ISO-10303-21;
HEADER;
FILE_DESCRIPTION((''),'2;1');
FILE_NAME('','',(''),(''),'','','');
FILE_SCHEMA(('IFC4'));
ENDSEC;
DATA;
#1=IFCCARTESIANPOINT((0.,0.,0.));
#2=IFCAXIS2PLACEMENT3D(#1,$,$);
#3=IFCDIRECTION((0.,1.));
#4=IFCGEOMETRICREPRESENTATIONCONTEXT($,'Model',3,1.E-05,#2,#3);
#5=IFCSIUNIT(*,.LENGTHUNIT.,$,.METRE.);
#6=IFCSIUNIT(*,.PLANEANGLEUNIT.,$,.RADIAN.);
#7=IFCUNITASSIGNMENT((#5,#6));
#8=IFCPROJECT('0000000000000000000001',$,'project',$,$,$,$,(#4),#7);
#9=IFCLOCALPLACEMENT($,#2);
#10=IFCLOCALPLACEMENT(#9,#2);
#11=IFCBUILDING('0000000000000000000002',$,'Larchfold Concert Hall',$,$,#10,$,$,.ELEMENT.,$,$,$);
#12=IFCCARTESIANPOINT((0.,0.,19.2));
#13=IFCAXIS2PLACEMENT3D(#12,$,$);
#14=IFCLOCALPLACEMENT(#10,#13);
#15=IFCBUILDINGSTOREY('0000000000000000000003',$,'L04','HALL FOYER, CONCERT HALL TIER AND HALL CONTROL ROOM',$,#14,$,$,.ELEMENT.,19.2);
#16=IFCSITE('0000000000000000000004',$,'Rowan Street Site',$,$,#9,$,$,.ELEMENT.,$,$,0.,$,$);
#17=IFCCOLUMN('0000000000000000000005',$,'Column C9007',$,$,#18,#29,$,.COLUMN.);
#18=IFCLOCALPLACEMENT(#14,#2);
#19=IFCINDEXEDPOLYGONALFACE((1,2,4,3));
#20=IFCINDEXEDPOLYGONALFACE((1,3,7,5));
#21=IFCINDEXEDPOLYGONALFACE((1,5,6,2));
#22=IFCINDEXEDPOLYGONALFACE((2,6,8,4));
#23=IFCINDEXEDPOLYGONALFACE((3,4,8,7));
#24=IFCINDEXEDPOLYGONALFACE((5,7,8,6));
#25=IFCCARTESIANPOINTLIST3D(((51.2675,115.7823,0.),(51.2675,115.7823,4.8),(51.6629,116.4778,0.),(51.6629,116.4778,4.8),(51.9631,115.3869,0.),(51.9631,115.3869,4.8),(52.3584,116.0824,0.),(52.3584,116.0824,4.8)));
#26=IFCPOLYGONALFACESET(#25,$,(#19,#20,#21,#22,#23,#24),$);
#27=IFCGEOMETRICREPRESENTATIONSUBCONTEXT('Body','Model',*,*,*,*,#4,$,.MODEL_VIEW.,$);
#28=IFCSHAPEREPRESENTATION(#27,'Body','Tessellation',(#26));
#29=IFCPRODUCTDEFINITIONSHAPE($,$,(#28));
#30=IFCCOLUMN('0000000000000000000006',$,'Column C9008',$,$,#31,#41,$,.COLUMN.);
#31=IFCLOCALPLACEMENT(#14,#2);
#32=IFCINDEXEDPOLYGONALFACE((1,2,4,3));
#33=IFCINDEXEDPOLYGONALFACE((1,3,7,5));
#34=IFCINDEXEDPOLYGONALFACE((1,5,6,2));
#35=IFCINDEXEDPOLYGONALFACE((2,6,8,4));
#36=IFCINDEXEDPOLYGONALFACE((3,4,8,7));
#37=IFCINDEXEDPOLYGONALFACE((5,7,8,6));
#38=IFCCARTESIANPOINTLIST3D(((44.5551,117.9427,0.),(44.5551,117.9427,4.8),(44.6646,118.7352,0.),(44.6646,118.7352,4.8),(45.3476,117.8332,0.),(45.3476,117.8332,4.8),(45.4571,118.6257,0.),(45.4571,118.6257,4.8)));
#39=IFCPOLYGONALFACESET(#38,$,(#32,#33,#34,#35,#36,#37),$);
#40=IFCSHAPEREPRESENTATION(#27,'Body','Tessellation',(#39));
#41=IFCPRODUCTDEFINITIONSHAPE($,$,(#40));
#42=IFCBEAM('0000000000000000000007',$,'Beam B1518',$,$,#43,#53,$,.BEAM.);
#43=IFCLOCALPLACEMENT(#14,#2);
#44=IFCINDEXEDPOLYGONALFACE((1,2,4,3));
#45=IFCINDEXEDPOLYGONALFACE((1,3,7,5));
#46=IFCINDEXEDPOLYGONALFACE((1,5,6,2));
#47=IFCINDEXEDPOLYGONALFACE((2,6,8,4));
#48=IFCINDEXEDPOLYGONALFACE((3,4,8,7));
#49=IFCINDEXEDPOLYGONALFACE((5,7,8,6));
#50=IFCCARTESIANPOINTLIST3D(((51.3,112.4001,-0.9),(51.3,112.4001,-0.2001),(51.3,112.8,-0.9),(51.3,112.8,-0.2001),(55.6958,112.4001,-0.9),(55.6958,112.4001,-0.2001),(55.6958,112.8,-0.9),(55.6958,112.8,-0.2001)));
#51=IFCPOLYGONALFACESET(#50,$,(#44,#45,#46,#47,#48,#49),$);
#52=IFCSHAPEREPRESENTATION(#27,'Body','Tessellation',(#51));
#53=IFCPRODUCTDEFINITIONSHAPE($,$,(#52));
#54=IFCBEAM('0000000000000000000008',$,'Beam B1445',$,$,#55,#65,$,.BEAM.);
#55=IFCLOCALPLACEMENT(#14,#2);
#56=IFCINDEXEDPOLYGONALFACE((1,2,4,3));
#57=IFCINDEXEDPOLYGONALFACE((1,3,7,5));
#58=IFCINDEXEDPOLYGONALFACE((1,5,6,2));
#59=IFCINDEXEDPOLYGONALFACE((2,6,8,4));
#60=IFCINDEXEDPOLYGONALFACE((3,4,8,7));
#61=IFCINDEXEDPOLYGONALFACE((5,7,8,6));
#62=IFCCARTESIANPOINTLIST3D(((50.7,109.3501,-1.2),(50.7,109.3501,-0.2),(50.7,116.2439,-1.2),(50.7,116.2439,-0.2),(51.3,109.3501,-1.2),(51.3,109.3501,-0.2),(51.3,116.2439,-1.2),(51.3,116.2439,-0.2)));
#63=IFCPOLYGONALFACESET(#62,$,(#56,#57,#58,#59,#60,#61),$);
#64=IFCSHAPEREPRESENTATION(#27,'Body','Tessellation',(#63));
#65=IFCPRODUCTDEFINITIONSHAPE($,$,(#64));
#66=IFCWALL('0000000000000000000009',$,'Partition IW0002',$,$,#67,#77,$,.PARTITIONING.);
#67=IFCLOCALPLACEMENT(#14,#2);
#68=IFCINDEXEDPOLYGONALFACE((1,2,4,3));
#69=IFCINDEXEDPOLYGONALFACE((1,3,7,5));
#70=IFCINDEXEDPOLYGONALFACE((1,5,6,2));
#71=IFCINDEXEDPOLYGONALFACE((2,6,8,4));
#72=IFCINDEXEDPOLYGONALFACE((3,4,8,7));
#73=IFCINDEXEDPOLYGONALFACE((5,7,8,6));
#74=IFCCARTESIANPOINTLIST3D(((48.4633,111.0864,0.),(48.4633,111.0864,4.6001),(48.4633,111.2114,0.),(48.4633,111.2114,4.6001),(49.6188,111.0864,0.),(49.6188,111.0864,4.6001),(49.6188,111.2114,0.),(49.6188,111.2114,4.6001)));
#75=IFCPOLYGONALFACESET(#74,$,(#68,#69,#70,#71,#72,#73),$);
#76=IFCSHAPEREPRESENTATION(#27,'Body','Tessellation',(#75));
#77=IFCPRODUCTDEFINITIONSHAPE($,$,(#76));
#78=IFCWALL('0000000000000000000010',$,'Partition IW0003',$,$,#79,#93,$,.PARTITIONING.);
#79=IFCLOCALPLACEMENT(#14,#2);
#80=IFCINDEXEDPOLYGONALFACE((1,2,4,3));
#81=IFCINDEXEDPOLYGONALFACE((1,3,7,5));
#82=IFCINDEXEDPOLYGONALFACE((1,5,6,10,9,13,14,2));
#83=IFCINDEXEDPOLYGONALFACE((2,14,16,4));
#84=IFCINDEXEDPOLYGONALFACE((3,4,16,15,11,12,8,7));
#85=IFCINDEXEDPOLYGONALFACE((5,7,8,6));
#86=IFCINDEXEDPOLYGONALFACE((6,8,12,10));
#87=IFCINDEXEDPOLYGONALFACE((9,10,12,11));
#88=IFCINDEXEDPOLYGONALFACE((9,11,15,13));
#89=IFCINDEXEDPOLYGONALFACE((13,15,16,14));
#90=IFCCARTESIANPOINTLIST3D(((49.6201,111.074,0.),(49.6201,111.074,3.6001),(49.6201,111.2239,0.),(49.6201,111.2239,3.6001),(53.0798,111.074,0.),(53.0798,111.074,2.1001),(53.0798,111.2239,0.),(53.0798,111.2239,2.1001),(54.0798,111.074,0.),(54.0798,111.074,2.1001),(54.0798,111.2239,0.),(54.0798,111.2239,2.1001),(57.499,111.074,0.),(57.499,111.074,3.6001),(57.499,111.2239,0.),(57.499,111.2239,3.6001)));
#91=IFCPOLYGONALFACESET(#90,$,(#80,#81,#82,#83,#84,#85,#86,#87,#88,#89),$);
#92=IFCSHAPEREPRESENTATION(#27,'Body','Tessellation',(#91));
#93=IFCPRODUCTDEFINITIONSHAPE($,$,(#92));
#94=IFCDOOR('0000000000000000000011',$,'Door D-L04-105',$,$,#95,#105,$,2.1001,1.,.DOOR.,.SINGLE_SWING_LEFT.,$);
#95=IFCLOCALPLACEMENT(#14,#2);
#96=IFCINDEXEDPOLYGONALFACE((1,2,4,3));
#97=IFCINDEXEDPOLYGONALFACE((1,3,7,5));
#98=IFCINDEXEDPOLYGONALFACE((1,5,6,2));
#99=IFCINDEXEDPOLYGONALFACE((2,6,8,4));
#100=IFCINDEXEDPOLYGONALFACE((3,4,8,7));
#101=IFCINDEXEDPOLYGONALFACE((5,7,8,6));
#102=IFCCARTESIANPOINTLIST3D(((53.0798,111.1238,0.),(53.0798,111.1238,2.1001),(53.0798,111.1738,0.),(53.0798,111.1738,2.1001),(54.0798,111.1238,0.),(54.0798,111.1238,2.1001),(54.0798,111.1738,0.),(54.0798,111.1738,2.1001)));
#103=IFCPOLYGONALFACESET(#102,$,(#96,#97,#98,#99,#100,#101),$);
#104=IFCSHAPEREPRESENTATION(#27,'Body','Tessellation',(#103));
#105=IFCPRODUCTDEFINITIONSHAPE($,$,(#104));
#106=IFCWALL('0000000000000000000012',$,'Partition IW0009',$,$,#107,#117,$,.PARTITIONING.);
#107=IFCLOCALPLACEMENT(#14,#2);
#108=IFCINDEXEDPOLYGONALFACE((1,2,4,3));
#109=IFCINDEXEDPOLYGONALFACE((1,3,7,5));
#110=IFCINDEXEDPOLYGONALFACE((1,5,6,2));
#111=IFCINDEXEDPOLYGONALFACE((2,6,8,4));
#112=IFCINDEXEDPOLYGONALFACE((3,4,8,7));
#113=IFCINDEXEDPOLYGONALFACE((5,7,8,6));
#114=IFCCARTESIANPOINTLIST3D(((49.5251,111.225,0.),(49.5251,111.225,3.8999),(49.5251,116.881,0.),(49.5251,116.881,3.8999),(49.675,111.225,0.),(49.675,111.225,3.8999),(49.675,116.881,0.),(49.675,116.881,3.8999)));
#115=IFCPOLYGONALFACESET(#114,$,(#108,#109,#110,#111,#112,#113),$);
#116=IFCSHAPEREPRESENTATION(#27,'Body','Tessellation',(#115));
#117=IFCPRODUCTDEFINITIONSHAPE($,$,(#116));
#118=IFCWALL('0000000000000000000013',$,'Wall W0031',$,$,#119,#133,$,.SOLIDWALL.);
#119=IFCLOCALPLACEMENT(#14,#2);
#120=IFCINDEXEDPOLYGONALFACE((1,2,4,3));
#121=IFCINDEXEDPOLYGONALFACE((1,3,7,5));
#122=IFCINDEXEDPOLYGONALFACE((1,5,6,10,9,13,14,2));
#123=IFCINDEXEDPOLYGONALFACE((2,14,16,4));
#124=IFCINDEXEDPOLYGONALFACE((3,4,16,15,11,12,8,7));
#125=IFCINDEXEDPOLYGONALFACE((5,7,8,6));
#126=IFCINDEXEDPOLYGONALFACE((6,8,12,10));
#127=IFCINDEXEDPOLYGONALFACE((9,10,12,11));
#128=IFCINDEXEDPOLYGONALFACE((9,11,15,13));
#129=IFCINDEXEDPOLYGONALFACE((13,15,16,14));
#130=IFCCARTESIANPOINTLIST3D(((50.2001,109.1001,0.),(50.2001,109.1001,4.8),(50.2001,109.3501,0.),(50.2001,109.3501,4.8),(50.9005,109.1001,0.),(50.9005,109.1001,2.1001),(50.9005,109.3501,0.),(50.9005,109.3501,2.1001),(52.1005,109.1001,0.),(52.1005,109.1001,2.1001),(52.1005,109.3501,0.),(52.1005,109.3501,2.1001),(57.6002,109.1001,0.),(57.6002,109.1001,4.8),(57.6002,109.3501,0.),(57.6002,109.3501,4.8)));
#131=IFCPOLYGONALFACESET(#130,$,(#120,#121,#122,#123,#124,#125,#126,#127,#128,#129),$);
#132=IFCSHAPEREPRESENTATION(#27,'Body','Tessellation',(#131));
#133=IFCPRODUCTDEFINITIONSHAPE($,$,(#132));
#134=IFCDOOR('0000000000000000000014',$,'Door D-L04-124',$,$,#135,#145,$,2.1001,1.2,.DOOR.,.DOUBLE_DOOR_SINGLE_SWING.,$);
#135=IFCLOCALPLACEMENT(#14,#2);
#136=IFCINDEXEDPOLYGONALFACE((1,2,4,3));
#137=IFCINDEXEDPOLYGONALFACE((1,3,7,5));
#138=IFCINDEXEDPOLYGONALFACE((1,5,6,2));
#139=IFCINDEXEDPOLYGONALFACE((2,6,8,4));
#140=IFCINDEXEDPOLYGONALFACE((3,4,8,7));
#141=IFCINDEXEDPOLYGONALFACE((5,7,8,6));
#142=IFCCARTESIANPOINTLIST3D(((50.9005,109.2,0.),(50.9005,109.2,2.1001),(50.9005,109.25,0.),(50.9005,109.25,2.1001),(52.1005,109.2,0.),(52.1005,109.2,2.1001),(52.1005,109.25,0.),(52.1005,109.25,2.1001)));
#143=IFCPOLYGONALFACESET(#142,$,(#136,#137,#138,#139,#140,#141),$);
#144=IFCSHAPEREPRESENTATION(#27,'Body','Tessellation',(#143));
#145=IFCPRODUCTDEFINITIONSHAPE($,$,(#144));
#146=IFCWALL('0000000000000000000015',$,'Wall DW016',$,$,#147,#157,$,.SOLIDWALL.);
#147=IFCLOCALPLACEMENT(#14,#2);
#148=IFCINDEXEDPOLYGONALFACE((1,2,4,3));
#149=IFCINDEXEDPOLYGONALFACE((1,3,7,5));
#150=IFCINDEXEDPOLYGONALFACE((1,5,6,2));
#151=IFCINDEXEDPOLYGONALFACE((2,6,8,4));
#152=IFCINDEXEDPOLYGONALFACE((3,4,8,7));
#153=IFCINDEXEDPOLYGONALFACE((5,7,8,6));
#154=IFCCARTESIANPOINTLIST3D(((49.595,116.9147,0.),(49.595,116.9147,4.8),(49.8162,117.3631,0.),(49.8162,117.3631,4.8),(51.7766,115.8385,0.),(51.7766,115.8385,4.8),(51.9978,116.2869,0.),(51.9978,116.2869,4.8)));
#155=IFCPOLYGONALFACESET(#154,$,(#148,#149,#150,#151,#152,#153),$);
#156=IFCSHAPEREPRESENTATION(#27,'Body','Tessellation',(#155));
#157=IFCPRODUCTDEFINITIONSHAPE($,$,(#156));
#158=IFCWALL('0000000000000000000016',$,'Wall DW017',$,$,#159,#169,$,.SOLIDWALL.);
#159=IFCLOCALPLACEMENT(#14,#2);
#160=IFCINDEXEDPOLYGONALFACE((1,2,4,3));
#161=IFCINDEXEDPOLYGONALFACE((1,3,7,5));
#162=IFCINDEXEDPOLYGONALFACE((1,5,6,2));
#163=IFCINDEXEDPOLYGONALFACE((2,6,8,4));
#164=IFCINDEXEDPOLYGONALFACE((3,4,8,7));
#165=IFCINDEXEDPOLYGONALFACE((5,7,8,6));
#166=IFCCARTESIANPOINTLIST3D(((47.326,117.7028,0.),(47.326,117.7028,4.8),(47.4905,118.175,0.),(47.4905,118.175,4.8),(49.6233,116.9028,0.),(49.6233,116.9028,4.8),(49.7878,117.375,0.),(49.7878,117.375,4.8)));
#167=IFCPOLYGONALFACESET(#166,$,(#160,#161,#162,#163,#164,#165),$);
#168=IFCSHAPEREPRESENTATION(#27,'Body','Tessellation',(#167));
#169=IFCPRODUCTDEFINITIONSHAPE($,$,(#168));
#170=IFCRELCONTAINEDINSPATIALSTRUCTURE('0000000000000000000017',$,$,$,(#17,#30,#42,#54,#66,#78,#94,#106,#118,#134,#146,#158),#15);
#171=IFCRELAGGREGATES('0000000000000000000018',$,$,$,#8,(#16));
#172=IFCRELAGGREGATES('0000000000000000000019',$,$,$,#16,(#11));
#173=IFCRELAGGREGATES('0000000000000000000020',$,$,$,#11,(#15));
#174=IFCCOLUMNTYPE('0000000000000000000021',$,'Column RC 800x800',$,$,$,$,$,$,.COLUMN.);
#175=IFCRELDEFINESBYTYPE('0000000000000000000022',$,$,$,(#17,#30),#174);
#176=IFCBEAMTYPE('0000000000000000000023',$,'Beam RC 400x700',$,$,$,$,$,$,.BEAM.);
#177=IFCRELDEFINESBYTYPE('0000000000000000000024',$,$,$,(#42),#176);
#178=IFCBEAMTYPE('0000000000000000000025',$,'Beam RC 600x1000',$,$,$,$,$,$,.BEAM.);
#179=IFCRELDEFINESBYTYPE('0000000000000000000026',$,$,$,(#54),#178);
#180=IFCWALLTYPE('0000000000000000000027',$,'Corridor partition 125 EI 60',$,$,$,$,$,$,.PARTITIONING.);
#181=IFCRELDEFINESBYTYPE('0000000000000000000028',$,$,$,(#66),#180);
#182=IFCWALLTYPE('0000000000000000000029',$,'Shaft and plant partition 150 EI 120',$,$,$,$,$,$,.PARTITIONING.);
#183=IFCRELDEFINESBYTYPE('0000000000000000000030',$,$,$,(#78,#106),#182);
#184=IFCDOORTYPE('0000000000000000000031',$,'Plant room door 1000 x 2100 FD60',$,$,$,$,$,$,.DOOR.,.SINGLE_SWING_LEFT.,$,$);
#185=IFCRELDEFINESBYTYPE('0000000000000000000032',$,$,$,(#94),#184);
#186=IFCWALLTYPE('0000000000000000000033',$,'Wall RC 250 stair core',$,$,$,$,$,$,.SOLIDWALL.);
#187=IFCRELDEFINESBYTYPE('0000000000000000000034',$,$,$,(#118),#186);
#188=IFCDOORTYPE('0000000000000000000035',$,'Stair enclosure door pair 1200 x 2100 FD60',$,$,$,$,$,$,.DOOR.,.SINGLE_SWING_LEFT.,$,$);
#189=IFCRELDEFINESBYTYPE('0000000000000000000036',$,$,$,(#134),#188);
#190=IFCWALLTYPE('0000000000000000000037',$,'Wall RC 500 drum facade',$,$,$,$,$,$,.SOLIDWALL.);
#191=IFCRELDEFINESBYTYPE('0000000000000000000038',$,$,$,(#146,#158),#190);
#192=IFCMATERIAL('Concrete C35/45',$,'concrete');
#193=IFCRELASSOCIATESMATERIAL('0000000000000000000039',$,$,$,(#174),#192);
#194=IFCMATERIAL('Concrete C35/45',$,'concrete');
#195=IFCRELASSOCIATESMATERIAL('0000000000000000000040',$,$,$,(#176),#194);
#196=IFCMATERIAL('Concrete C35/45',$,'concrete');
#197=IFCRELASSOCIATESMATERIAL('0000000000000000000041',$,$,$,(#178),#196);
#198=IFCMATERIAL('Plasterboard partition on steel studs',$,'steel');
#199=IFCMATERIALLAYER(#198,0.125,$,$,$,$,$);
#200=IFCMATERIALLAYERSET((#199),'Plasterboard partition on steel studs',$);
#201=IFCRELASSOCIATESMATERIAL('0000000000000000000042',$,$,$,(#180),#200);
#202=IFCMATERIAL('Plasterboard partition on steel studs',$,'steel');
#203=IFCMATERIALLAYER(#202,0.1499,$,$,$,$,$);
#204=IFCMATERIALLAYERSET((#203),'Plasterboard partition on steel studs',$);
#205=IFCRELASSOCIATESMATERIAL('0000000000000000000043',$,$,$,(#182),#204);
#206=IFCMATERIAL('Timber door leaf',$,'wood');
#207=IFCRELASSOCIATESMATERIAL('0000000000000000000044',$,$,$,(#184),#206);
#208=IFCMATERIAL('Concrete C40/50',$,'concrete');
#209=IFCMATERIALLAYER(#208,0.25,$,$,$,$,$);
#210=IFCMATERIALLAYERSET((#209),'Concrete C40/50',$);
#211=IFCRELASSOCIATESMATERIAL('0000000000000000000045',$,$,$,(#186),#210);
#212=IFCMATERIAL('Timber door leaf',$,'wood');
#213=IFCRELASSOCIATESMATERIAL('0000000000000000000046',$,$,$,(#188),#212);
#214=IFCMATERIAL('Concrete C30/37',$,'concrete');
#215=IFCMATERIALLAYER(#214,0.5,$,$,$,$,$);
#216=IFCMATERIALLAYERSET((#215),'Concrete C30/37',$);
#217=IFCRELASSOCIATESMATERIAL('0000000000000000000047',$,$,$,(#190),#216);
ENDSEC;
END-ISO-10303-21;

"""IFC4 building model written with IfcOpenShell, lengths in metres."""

from ifc_helpers import new_model, si_unit, direction, frame, frame_2d, origin, origin_2d, place, context, subcontext, project, spatial, rectangle, extrude, material, layer, layer_set, material_profile, profile_set, type_object, element, fill, save


model = new_model("IFC4")

# Units and contexts
model_context = context("Model", 3, precision=1e-05, world=origin(), true_north=direction((0.0, 1.0)))
body_context = subcontext(model_context, "Body", "Model", "MODEL_VIEW")
ifc_project = project(units=[si_unit("LENGTHUNIT", "METRE"), si_unit("PLANEANGLEUNIT", "RADIAN")], contexts=[model_context])

# Site, building, storey
site_placement = place(None, origin())
site = spatial("IfcSite", under=ifc_project, at=site_placement, Name="Rowan Street Site", CompositionType="ELEMENT", RefElevation=0.0)
building_placement = place(site_placement, origin())
building = spatial("IfcBuilding", under=site, at=building_placement, Name="Larchfold Concert Hall", CompositionType="ELEMENT")
storey_placement = place(building_placement, frame((0.0, 0.0, 19.2)))
storey = spatial("IfcBuildingStorey", under=building, at=storey_placement, Name="L04", Description="HALL FOYER, CONCERT HALL TIER AND HALL CONTROL ROOM", CompositionType="ELEMENT", Elevation=19.2)

# Columns
ifc_material_1 = material(Name="Concrete C35/45", Category="concrete")
ifc_material_profile_1 = material_profile(ifc_material_1, rectangle(XDim=0.8, YDim=0.8, at=origin_2d()))
ifc_profile_set_1 = profile_set([ifc_material_profile_1], Name="Concrete C35/45")
column_type = type_object("IfcColumnType", Name="Column RC 800x800", PredefinedType="COLUMN", material=ifc_profile_set_1)
for number, where, z_axis, x_axis, name in (
    (1, (51.813, 115.9324, 0.0), (0.0, 0.0, 1.0), (0.494204, 0.869346, 0.0), "Column C9007"),
    (2, (45.0061, 118.2842, 0.0), (0.0, 0.0, 1.0), (0.136831, 0.990594, 0.0), "Column C9008"),
):
    element("IfcColumn", number, at=place(storey_placement, frame(where, z_axis=z_axis, x_axis=x_axis)), inside=storey, type_object=column_type, Name=name, PredefinedType="COLUMN", context=body_context, shape_type="SweptSolid", body=[
        extrude(rectangle(XDim=0.8, YDim=0.8, at=origin_2d()), origin(), (0.0, 0.0, 1.0), 4.8),
    ])

# Beams
ifc_material_2 = material(Name="Concrete C35/45", Category="concrete")
ifc_material_profile_2 = material_profile(ifc_material_2, rectangle(XDim=0.3999, YDim=0.7, at=origin_2d()))
ifc_profile_set_2 = profile_set([ifc_material_profile_2], Name="Concrete C35/45")
beam_type_1 = type_object("IfcBeamType", Name="Beam RC 400x700", PredefinedType="BEAM", material=ifc_profile_set_2)
beam_1_placement = place(storey_placement, frame((51.3, 112.6001, -0.55), z_axis=(1.0, 0.0, 0.0), x_axis=(0.0, 1.0, 0.0)))
element("IfcBeam", 3, at=beam_1_placement, inside=storey, type_object=beam_type_1, Name="Beam B1518", PredefinedType="BEAM", context=body_context, shape_type="SweptSolid", body=[
    extrude(rectangle(XDim=0.3999, YDim=0.7, at=origin_2d()), origin(), (0.0, 0.0, 1.0), 4.3958),
])
ifc_material_3 = material(Name="Concrete C35/45", Category="concrete")
ifc_material_profile_3 = material_profile(ifc_material_3, rectangle(XDim=0.6001, YDim=1.0, at=origin_2d()))
ifc_profile_set_3 = profile_set([ifc_material_profile_3], Name="Concrete C35/45")
beam_type_2 = type_object("IfcBeamType", Name="Beam RC 600x1000", PredefinedType="BEAM", material=ifc_profile_set_3)
beam_2_placement = place(storey_placement, frame((51.0, 109.3501, -0.7), z_axis=(0.0, 1.0, 0.0), x_axis=(-1.0, 0.0, 0.0)))
element("IfcBeam", 4, at=beam_2_placement, inside=storey, type_object=beam_type_2, Name="Beam B1445", PredefinedType="BEAM", context=body_context, shape_type="SweptSolid", body=[
    extrude(rectangle(XDim=0.6001, YDim=1.0, at=origin_2d()), origin(), (0.0, 0.0, 1.0), 6.8938),
])

# Wall
ifc_material_4 = material(Name="Plasterboard partition on steel studs", Category="steel")
ifc_layer_1 = layer(ifc_material_4, 0.125)
ifc_layer_set_1 = layer_set([ifc_layer_1], Name="Plasterboard partition on steel studs")
wall_type_1 = type_object("IfcWallType", Name="Corridor partition 125 EI 60", PredefinedType="PARTITIONING", material=ifc_layer_set_1)
wall_1_placement = place(storey_placement, frame((48.4634, 111.1489, 0.0), z_axis=(0.0, 0.0, 1.0), x_axis=(1.0, 0.0, 0.0)))
element("IfcWall", 5, at=wall_1_placement, inside=storey, type_object=wall_type_1, Name="Partition IW0002", PredefinedType="PARTITIONING", context=body_context, shape_type="SweptSolid", body=[
    extrude(rectangle(XDim=1.1555, YDim=0.125, at=frame_2d((0.5776, 0.0))), origin(), (0.0, 0.0, 1.0), 4.6001),
])

# Wall, opening, door
ifc_material_5 = material(Name="Plasterboard partition on steel studs", Category="steel")
ifc_layer_2 = layer(ifc_material_5, 0.1499)
ifc_layer_set_2 = layer_set([ifc_layer_2], Name="Plasterboard partition on steel studs")
wall_type_2 = type_object("IfcWallType", Name="Shaft and plant partition 150 EI 120", PredefinedType="PARTITIONING", material=ifc_layer_set_2)
wall_2_placement = place(storey_placement, frame((49.6201, 111.1489, 0.0), z_axis=(0.0, 0.0, 1.0), x_axis=(1.0, 0.0, 0.0)))
wall_2 = element("IfcWall", 6, at=wall_2_placement, inside=storey, type_object=wall_type_2, Name="Partition IW0003", PredefinedType="PARTITIONING", context=body_context, shape_type="SweptSolid", body=[
    extrude(rectangle(XDim=7.8789, YDim=0.1499, at=frame_2d((3.9395, 0.0))), origin(), (0.0, 0.0, 1.0), 3.6001),
])
opening_1_placement = place(wall_2_placement, frame((3.4597, 0.0, 0.0)))
opening_1 = element("IfcOpeningElement", 7, at=opening_1_placement, cuts=wall_2, PredefinedType="OPENING", context=body_context, shape_type="SweptSolid", body=[
    extrude(rectangle(XDim=1.0, YDim=2.1001, at=frame_2d((0.5, 1.05))), frame((0.0, 0.085, 0.0), z_axis=(0.0, -1.0, 0.0), x_axis=(1.0, 0.0, 0.0)), (0.0, 0.0, 1.0), 0.1699),
])
ifc_material_6 = material(Name="Timber door leaf", Category="wood")
door_type_1 = type_object("IfcDoorType", Name="Plant room door 1000 x 2100 FD60", OperationType="SINGLE_SWING_LEFT", PredefinedType="DOOR", material=ifc_material_6)
door_1_placement = place(opening_1_placement, origin())
door_1 = element("IfcDoor", 8, at=door_1_placement, inside=storey, type_object=door_type_1, Name="Door D-L04-105", OperationType="SINGLE_SWING_LEFT", OverallHeight=2.1001, OverallWidth=1.0, PredefinedType="DOOR", context=body_context, shape_type="SweptSolid", body=[
    extrude(rectangle(XDim=1.0, YDim=2.1001, at=frame_2d((0.5, 1.05))), frame((0.0, 0.0249, 0.0), z_axis=(0.0, -1.0, 0.0), x_axis=(1.0, 0.0, 0.0)), (0.0, 0.0, 1.0), 0.05),
])
fill(opening_1, door_1)

# Wall
wall_3_placement = place(storey_placement, frame((49.6001, 116.8811, 0.0), z_axis=(0.0, 0.0, 1.0), x_axis=(0.0, -1.0, 0.0)))
element("IfcWall", 9, at=wall_3_placement, inside=storey, type_object=wall_type_2, Name="Partition IW0009", PredefinedType="PARTITIONING", context=body_context, shape_type="SweptSolid", body=[
    extrude(rectangle(XDim=5.656, YDim=0.1499, at=frame_2d((2.8281, 0.0))), origin(), (0.0, 0.0, 1.0), 3.8999),
])

# Wall, opening, door
ifc_material_7 = material(Name="Concrete C40/50", Category="concrete")
ifc_layer_3 = layer(ifc_material_7, 0.25)
ifc_layer_set_3 = layer_set([ifc_layer_3], Name="Concrete C40/50")
wall_type_3 = type_object("IfcWallType", Name="Wall RC 250 stair core", PredefinedType="SOLIDWALL", material=ifc_layer_set_3)
wall_4_placement = place(storey_placement, frame((50.2, 109.2251, 0.0), z_axis=(0.0, 0.0, 1.0), x_axis=(1.0, 0.0, 0.0)))
wall_4 = element("IfcWall", 10, at=wall_4_placement, inside=storey, type_object=wall_type_3, Name="Wall W0031", PredefinedType="SOLIDWALL", context=body_context, shape_type="SweptSolid", body=[
    extrude(rectangle(XDim=7.4001, YDim=0.25, at=frame_2d((3.7002, 0.0))), origin(), (0.0, 0.0, 1.0), 4.8),
])
opening_2_placement = place(wall_4_placement, frame((0.7004, 0.0, 0.0)))
opening_2 = element("IfcOpeningElement", 11, at=opening_2_placement, cuts=wall_4, PredefinedType="OPENING", context=body_context, shape_type="SweptSolid", body=[
    extrude(rectangle(XDim=1.2, YDim=2.1001, at=frame_2d((0.6001, 1.05))), frame((0.0, 0.135, 0.0), z_axis=(0.0, -1.0, 0.0), x_axis=(1.0, 0.0, 0.0)), (0.0, 0.0, 1.0), 0.27),
])
ifc_material_8 = material(Name="Timber door leaf", Category="wood")
door_type_2 = type_object("IfcDoorType", Name="Stair enclosure door pair 1200 x 2100 FD60", OperationType="SINGLE_SWING_LEFT", PredefinedType="DOOR", material=ifc_material_8)
door_2_placement = place(opening_2_placement, origin())
door_2 = element("IfcDoor", 12, at=door_2_placement, inside=storey, type_object=door_type_2, Name="Door D-L04-124", OperationType="DOUBLE_DOOR_SINGLE_SWING", OverallHeight=2.1001, OverallWidth=1.2, PredefinedType="DOOR", context=body_context, shape_type="SweptSolid", body=[
    extrude(rectangle(XDim=1.2, YDim=2.1001, at=frame_2d((0.6001, 1.05))), frame((0.0, 0.0249, 0.0), z_axis=(0.0, -1.0, 0.0), x_axis=(1.0, 0.0, 0.0)), (0.0, 0.0, 1.0), 0.05),
])
fill(opening_2, door_2)

# Walls
ifc_material_9 = material(Name="Concrete C30/37", Category="concrete")
ifc_layer_4 = layer(ifc_material_9, 0.5)
ifc_layer_set_4 = layer_set([ifc_layer_4], Name="Concrete C30/37")
wall_type_4 = type_object("IfcWallType", Name="Wall RC 500 drum facade", PredefinedType="SOLIDWALL", material=ifc_layer_set_4)
for number, where, z_axis, x_axis, name in (
    (13, (51.8872, 116.0627, 0.0), (0.0, 0.0, 1.0), (-0.896823, 0.44239, 0.0), "Wall DW016"),
    (14, (49.7056, 117.1389, 0.0), (0.0, 0.0, 1.0), (-0.944374, 0.328875, 0.0), "Wall DW017"),
):
    element("IfcWall", number, at=place(storey_placement, frame(where, z_axis=z_axis, x_axis=x_axis)), inside=storey, type_object=wall_type_4, Name=name, PredefinedType="SOLIDWALL", context=body_context, shape_type="SweptSolid", body=[
        extrude(rectangle(XDim=2.4326, YDim=0.5, at=frame_2d((1.2163, 0.0))), origin(), (0.0, 0.0, 1.0), 4.8),
    ])

save(model, "model.ifc")
